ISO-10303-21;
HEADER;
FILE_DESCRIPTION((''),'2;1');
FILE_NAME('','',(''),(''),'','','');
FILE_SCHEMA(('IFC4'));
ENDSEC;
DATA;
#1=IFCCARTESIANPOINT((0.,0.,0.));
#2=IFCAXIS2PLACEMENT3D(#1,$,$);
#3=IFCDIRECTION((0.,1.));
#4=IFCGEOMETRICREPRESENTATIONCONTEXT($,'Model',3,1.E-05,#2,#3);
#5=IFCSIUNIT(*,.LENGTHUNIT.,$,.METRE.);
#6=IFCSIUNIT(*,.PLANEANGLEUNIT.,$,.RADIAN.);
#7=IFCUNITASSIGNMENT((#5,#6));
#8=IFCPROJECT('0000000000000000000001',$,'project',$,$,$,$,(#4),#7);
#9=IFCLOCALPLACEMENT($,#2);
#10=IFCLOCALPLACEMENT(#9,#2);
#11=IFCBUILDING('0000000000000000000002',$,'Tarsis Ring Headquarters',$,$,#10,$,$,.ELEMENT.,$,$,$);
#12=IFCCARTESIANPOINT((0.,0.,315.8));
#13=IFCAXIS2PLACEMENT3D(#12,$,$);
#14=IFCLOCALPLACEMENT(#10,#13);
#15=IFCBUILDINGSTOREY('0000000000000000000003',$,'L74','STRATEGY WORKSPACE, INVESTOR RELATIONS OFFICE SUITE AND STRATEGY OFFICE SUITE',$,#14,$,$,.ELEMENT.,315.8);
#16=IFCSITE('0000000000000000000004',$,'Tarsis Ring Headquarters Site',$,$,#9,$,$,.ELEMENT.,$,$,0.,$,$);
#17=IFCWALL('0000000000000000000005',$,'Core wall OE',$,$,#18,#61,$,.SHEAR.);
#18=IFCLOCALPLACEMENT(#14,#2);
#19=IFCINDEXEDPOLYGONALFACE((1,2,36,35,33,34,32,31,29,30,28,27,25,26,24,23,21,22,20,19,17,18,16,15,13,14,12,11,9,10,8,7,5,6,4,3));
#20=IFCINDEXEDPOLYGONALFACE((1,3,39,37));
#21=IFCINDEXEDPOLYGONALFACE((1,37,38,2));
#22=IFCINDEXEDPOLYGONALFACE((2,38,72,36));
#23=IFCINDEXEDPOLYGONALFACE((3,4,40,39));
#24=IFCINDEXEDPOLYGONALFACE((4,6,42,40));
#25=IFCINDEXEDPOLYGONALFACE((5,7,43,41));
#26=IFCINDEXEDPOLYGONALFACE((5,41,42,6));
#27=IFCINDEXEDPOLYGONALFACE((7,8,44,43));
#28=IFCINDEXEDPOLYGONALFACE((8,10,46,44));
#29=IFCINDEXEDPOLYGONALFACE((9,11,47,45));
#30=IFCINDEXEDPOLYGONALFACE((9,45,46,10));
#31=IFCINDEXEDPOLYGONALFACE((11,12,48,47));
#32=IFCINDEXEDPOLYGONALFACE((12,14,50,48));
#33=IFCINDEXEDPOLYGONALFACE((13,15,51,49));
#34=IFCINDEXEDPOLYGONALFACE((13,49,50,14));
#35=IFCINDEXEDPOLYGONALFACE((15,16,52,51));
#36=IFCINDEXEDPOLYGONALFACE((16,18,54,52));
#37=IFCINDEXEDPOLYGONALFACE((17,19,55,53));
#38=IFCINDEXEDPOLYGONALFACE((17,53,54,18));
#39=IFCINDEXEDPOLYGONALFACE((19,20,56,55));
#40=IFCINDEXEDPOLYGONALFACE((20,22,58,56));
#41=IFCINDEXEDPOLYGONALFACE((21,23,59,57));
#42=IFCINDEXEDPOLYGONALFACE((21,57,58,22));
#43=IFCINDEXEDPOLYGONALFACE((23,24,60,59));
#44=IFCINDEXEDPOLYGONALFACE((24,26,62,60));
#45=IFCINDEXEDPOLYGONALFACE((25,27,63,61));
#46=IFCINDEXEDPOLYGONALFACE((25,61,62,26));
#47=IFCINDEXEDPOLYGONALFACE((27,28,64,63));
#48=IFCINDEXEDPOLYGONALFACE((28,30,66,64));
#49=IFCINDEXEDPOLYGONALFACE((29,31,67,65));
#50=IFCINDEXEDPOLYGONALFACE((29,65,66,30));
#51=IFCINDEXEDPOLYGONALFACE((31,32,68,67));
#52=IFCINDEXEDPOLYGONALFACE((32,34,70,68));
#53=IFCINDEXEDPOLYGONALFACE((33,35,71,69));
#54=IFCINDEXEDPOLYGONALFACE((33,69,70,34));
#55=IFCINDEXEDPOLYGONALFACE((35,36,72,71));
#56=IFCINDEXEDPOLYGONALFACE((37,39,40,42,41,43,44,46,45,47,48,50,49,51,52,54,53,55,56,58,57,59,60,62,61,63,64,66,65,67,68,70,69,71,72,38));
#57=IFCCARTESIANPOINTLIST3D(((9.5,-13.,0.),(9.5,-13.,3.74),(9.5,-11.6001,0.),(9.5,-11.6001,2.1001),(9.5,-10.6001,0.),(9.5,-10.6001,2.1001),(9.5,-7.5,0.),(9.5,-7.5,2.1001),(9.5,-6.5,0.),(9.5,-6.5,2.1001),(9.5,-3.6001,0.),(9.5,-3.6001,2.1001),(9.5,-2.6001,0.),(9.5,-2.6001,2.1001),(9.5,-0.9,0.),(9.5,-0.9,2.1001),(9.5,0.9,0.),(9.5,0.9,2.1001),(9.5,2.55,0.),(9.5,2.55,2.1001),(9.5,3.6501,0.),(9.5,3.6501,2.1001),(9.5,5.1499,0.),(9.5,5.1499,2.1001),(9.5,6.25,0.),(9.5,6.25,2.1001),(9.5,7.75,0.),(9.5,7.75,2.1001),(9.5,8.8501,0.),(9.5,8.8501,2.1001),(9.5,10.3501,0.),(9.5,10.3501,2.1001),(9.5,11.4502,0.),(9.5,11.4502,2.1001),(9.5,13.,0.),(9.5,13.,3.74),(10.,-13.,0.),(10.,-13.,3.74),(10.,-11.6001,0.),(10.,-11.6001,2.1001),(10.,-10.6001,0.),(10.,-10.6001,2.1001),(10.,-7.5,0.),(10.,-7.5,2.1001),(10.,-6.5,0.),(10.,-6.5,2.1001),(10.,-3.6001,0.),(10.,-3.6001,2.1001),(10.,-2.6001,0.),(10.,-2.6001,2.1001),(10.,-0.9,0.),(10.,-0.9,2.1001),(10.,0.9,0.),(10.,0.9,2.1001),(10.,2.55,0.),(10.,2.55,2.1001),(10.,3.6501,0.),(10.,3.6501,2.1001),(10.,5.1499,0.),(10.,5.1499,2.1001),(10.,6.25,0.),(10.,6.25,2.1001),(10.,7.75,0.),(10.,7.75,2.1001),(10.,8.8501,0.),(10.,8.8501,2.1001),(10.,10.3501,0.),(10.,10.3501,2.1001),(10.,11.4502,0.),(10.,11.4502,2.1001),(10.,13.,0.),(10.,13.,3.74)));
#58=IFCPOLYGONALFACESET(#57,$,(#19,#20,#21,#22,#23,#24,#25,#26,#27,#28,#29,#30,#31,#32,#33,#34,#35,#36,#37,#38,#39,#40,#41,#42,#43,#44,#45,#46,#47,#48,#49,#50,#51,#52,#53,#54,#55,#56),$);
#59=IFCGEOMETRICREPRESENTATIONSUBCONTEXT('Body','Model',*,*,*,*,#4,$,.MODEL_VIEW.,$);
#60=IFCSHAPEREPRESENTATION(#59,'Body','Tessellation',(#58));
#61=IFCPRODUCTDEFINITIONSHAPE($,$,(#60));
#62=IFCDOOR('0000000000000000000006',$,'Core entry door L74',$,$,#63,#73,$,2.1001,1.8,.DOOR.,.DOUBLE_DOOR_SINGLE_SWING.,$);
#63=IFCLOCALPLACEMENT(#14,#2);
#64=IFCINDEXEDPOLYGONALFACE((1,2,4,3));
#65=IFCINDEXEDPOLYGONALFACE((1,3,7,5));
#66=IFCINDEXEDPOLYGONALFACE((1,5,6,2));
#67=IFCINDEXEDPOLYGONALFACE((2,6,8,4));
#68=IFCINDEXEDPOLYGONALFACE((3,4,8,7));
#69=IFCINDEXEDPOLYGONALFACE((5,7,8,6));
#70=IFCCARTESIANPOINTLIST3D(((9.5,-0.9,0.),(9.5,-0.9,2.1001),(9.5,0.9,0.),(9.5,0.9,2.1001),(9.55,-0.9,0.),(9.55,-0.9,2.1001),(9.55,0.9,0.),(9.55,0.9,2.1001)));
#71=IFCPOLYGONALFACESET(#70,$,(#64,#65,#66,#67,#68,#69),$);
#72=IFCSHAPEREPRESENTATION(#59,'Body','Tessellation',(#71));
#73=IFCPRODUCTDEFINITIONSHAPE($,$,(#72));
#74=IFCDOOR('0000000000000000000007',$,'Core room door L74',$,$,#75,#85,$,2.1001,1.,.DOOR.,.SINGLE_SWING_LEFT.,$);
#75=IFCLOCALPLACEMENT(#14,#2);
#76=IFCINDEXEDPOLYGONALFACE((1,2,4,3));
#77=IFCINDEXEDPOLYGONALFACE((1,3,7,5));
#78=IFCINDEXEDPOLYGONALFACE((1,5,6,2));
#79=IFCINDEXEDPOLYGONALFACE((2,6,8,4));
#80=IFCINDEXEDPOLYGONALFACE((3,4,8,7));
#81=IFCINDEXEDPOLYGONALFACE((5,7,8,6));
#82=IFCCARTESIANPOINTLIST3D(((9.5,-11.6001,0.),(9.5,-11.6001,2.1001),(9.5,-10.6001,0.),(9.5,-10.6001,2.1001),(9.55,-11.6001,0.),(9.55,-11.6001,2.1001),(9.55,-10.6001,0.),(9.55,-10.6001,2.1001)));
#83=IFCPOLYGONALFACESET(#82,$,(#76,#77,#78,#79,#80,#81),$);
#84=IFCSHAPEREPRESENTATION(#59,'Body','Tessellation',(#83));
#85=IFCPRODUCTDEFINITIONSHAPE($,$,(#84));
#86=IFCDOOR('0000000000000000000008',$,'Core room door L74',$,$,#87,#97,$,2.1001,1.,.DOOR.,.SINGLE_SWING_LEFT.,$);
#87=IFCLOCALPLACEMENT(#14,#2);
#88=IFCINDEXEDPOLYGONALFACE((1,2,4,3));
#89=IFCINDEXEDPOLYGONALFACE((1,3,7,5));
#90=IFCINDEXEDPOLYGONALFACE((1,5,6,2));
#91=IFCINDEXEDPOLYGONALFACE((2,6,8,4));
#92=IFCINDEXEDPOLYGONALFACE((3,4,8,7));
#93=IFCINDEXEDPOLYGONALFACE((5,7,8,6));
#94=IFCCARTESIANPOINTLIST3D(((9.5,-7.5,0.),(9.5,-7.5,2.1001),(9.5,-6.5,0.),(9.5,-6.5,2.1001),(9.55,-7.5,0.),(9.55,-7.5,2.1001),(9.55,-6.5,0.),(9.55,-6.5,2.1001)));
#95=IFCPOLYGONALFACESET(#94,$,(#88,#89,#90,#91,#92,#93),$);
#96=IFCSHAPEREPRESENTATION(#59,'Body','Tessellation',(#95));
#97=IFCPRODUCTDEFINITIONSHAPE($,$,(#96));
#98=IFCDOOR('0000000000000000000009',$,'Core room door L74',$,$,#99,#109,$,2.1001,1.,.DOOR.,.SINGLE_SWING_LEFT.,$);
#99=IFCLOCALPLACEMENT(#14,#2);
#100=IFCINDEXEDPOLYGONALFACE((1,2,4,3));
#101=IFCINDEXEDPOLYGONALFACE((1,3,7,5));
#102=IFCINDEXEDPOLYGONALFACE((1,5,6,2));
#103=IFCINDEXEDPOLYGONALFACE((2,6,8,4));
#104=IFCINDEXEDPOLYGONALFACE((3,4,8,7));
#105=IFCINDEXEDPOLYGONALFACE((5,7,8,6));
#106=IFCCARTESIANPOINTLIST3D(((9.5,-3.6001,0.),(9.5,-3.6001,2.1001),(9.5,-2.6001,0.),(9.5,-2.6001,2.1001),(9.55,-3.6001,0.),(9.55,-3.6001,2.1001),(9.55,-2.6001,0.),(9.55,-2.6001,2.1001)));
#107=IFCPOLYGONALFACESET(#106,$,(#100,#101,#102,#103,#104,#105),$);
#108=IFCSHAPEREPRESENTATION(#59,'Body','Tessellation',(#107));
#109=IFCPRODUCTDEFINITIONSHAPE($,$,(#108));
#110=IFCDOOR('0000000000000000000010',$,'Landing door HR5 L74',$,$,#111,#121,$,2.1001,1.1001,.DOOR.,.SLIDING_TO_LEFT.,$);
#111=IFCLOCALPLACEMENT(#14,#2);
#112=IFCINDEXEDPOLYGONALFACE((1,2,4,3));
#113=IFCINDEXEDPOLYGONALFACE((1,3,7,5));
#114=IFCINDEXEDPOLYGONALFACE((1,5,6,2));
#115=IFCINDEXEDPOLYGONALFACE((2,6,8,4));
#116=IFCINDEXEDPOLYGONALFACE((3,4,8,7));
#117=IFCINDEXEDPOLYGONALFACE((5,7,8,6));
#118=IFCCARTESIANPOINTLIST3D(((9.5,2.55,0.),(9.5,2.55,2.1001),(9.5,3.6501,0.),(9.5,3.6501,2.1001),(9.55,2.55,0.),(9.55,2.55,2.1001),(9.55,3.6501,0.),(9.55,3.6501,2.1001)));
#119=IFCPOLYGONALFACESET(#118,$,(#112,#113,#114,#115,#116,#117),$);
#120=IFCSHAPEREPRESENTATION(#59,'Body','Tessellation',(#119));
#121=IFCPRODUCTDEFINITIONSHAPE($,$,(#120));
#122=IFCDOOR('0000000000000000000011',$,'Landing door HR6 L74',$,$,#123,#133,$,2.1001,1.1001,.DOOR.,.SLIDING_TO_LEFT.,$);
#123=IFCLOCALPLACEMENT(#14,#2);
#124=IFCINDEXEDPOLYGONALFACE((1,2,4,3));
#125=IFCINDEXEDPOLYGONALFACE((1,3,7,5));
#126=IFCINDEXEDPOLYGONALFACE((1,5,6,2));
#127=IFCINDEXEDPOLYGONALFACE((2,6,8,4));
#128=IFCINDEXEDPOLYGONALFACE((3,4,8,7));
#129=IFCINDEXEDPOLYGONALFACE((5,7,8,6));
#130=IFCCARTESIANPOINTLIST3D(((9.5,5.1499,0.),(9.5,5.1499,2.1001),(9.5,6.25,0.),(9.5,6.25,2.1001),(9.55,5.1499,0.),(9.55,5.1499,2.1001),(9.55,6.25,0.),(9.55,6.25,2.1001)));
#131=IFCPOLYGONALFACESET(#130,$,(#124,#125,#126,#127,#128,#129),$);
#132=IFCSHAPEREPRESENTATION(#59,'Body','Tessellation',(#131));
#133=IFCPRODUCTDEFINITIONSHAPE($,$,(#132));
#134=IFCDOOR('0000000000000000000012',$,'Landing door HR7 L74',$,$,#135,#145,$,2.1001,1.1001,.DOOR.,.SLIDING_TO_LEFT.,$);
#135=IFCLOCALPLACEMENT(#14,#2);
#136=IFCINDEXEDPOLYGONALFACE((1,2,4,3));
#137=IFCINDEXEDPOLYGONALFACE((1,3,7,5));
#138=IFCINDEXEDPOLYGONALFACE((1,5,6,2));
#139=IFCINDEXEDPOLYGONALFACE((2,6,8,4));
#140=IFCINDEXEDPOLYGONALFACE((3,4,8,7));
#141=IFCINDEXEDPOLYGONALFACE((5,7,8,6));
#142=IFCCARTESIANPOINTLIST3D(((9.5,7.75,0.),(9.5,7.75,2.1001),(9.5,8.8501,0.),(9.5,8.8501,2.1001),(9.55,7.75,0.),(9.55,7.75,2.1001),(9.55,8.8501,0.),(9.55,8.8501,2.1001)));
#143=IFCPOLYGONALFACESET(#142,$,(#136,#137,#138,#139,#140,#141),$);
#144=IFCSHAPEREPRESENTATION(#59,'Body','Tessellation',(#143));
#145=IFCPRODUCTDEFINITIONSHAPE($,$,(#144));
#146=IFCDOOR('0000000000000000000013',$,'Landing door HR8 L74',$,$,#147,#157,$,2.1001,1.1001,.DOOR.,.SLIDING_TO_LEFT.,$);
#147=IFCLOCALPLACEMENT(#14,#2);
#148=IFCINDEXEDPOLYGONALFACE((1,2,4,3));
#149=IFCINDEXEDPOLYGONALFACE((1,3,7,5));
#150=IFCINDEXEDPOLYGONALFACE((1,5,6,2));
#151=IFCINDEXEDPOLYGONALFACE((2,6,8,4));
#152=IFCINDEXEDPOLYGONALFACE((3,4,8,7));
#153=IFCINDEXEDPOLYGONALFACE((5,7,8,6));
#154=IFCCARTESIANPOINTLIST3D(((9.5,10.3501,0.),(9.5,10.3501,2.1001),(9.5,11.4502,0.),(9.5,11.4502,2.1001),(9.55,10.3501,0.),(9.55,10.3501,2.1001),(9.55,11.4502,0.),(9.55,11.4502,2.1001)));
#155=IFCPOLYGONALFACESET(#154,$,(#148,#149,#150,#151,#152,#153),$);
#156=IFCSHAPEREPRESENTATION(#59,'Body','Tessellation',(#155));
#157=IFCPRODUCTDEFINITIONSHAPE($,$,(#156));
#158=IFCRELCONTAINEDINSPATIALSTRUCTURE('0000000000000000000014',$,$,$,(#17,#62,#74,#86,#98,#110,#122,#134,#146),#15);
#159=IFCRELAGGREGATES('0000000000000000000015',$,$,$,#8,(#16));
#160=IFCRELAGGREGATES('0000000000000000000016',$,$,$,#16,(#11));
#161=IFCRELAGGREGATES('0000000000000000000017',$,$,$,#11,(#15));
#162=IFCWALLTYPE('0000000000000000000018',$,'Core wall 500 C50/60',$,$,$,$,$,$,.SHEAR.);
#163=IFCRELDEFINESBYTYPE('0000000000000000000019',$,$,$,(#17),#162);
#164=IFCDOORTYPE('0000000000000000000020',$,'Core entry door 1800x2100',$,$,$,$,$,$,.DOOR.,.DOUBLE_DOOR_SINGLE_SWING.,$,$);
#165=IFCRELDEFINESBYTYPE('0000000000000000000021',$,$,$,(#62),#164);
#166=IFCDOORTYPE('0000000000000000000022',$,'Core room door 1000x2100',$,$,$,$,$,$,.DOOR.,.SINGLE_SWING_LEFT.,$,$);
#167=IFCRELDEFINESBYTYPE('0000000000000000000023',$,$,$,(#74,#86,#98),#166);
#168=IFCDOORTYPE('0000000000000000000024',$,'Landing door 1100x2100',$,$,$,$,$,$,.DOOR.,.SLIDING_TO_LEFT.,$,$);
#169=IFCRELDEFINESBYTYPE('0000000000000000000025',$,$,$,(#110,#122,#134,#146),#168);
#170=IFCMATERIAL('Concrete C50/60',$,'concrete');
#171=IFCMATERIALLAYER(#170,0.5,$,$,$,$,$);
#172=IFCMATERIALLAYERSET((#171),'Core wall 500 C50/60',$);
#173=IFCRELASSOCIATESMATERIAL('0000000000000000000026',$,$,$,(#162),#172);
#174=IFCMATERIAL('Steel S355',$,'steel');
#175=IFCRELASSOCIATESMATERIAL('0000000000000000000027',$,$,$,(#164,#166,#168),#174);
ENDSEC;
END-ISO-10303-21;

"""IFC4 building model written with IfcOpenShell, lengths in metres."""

from ifc_helpers import new_model, si_unit, direction, frame, frame_2d, origin, place, context, subcontext, project, spatial, rectangle, extrude, material, layer, layer_set, type_object, element, fill, save


model = new_model("IFC4")

# Units and contexts
model_context = context("Model", 3, precision=1e-05, world=origin(), true_north=direction((0.0, 1.0)))
body_context = subcontext(model_context, "Body", "Model", "MODEL_VIEW")
ifc_project = project(units=[si_unit("LENGTHUNIT", "METRE"), si_unit("PLANEANGLEUNIT", "RADIAN")], contexts=[model_context])

# Site, building, storey
site_placement = place(None, origin())
site = spatial("IfcSite", under=ifc_project, at=site_placement, Name="Tarsis Ring Headquarters Site", CompositionType="ELEMENT", RefElevation=0.0)
building_placement = place(site_placement, origin())
building = spatial("IfcBuilding", under=site, at=building_placement, Name="Tarsis Ring Headquarters", CompositionType="ELEMENT")
storey_placement = place(building_placement, frame((0.0, 0.0, 315.8)))
storey = spatial("IfcBuildingStorey", under=building, at=storey_placement, Name="L74", Description="STRATEGY WORKSPACE, INVESTOR RELATIONS OFFICE SUITE AND STRATEGY OFFICE SUITE", CompositionType="ELEMENT", Elevation=315.8)

# Wall, openings, doors
ifc_material_1 = material(Name="Concrete C50/60", Category="concrete")
ifc_layer_1 = layer(ifc_material_1, 0.5)
ifc_layer_set_1 = layer_set([ifc_layer_1], Name="Core wall 500 C50/60")
wall_type_1 = type_object("IfcWallType", Name="Core wall 500 C50/60", PredefinedType="SHEAR", material=ifc_layer_set_1)
wall_1_placement = place(storey_placement, frame((9.75, -13.0, 0.0), z_axis=(0.0, 0.0, 1.0), x_axis=(0.0, 1.0, 0.0)))
wall_1 = element("IfcWall", 1, at=wall_1_placement, inside=storey, type_object=wall_type_1, Name="Core wall OE", PredefinedType="SHEAR", context=body_context, shape_type="SweptSolid", body=[
    extrude(rectangle(XDim=26.0, YDim=0.5, at=frame_2d((13.0, 0.0))), origin(), (0.0, 0.0, 1.0), 3.74),
])
opening_1_placement = place(wall_1_placement, frame((1.3999, 0.0, 0.0)))
opening_1 = element("IfcOpeningElement", 2, at=opening_1_placement, cuts=wall_1, PredefinedType="OPENING", context=body_context, shape_type="SweptSolid", body=[
    extrude(rectangle(XDim=1.0, YDim=2.1001, at=frame_2d((0.5, 1.05))), frame((0.0, 0.26, 0.0), z_axis=(0.0, -1.0, 0.0), x_axis=(1.0, 0.0, 0.0)), (0.0, 0.0, 1.0), 0.52),
])
opening_2_placement = place(wall_1_placement, frame((5.5, 0.0, 0.0)))
opening_2 = element("IfcOpeningElement", 3, at=opening_2_placement, cuts=wall_1, PredefinedType="OPENING", context=body_context, shape_type="SweptSolid", body=[
    extrude(rectangle(XDim=1.0, YDim=2.1001, at=frame_2d((0.5, 1.05))), frame((0.0, 0.26, 0.0), z_axis=(0.0, -1.0, 0.0), x_axis=(1.0, 0.0, 0.0)), (0.0, 0.0, 1.0), 0.52),
])
opening_3_placement = place(wall_1_placement, frame((9.3999, 0.0, 0.0)))
opening_3 = element("IfcOpeningElement", 4, at=opening_3_placement, cuts=wall_1, PredefinedType="OPENING", context=body_context, shape_type="SweptSolid", body=[
    extrude(rectangle(XDim=1.0, YDim=2.1001, at=frame_2d((0.5, 1.05))), frame((0.0, 0.26, 0.0), z_axis=(0.0, -1.0, 0.0), x_axis=(1.0, 0.0, 0.0)), (0.0, 0.0, 1.0), 0.52),
])
opening_4_placement = place(wall_1_placement, frame((12.1001, 0.0, 0.0)))
opening_4 = element("IfcOpeningElement", 5, at=opening_4_placement, cuts=wall_1, PredefinedType="OPENING", context=body_context, shape_type="SweptSolid", body=[
    extrude(rectangle(XDim=1.8, YDim=2.1001, at=frame_2d((0.8999, 1.05))), frame((0.0, 0.26, 0.0), z_axis=(0.0, -1.0, 0.0), x_axis=(1.0, 0.0, 0.0)), (0.0, 0.0, 1.0), 0.52),
])
opening_5_placement = place(wall_1_placement, frame((15.55, 0.0, 0.0)))
opening_5 = element("IfcOpeningElement", 6, at=opening_5_placement, cuts=wall_1, PredefinedType="OPENING", context=body_context, shape_type="SweptSolid", body=[
    extrude(rectangle(XDim=1.1001, YDim=2.1001, at=frame_2d((0.55, 1.05))), frame((0.0, 0.26, 0.0), z_axis=(0.0, -1.0, 0.0), x_axis=(1.0, 0.0, 0.0)), (0.0, 0.0, 1.0), 0.52),
])
opening_6_placement = place(wall_1_placement, frame((18.1499, 0.0, 0.0)))
opening_6 = element("IfcOpeningElement", 7, at=opening_6_placement, cuts=wall_1, PredefinedType="OPENING", context=body_context, shape_type="SweptSolid", body=[
    extrude(rectangle(XDim=1.1001, YDim=2.1001, at=frame_2d((0.55, 1.05))), frame((0.0, 0.26, 0.0), z_axis=(0.0, -1.0, 0.0), x_axis=(1.0, 0.0, 0.0)), (0.0, 0.0, 1.0), 0.52),
])
opening_7_placement = place(wall_1_placement, frame((20.75, 0.0, 0.0)))
opening_7 = element("IfcOpeningElement", 8, at=opening_7_placement, cuts=wall_1, PredefinedType="OPENING", context=body_context, shape_type="SweptSolid", body=[
    extrude(rectangle(XDim=1.1001, YDim=2.1001, at=frame_2d((0.55, 1.05))), frame((0.0, 0.26, 0.0), z_axis=(0.0, -1.0, 0.0), x_axis=(1.0, 0.0, 0.0)), (0.0, 0.0, 1.0), 0.52),
])
opening_8_placement = place(wall_1_placement, frame((23.3501, 0.0, 0.0)))
opening_8 = element("IfcOpeningElement", 9, at=opening_8_placement, cuts=wall_1, PredefinedType="OPENING", context=body_context, shape_type="SweptSolid", body=[
    extrude(rectangle(XDim=1.1001, YDim=2.1001, at=frame_2d((0.55, 1.05))), frame((0.0, 0.26, 0.0), z_axis=(0.0, -1.0, 0.0), x_axis=(1.0, 0.0, 0.0)), (0.0, 0.0, 1.0), 0.52),
])
ifc_material_2 = material(Name="Steel S355", Category="steel")
door_type_1 = type_object("IfcDoorType", Name="Core entry door 1800x2100", OperationType="DOUBLE_DOOR_SINGLE_SWING", PredefinedType="DOOR", material=ifc_material_2)
door_1_placement = place(opening_4_placement, origin())
door_1 = element("IfcDoor", 10, at=door_1_placement, inside=storey, type_object=door_type_1, Name="Core entry door L74", OperationType="DOUBLE_DOOR_SINGLE_SWING", OverallHeight=2.1001, OverallWidth=1.8, PredefinedType="DOOR", context=body_context, shape_type="SweptSolid", body=[
    extrude(rectangle(XDim=1.8, YDim=2.1001, at=frame_2d((0.8999, 1.05))), frame((0.0, 0.25, 0.0), z_axis=(0.0, -1.0, 0.0), x_axis=(1.0, 0.0, 0.0)), (0.0, 0.0, 1.0), 0.05),
])
fill(opening_4, door_1)
door_type_2 = type_object("IfcDoorType", Name="Core room door 1000x2100", OperationType="SINGLE_SWING_LEFT", PredefinedType="DOOR", material=ifc_material_2)
door_2_placement = place(opening_1_placement, origin())
door_2 = element("IfcDoor", 11, at=door_2_placement, inside=storey, type_object=door_type_2, Name="Core room door L74", OperationType="SINGLE_SWING_LEFT", OverallHeight=2.1001, OverallWidth=1.0, PredefinedType="DOOR", context=body_context, shape_type="SweptSolid", body=[
    extrude(rectangle(XDim=1.0, YDim=2.1001, at=frame_2d((0.5, 1.05))), frame((0.0, 0.25, 0.0), z_axis=(0.0, -1.0, 0.0), x_axis=(1.0, 0.0, 0.0)), (0.0, 0.0, 1.0), 0.05),
])
fill(opening_1, door_2)
door_3_placement = place(opening_2_placement, origin())
door_3 = element("IfcDoor", 12, at=door_3_placement, inside=storey, type_object=door_type_2, Name="Core room door L74", OperationType="SINGLE_SWING_LEFT", OverallHeight=2.1001, OverallWidth=1.0, PredefinedType="DOOR", context=body_context, shape_type="SweptSolid", body=[
    extrude(rectangle(XDim=1.0, YDim=2.1001, at=frame_2d((0.5, 1.05))), frame((0.0, 0.25, 0.0), z_axis=(0.0, -1.0, 0.0), x_axis=(1.0, 0.0, 0.0)), (0.0, 0.0, 1.0), 0.05),
])
fill(opening_2, door_3)
door_4_placement = place(opening_3_placement, origin())
door_4 = element("IfcDoor", 13, at=door_4_placement, inside=storey, type_object=door_type_2, Name="Core room door L74", OperationType="SINGLE_SWING_LEFT", OverallHeight=2.1001, OverallWidth=1.0, PredefinedType="DOOR", context=body_context, shape_type="SweptSolid", body=[
    extrude(rectangle(XDim=1.0, YDim=2.1001, at=frame_2d((0.5, 1.05))), frame((0.0, 0.25, 0.0), z_axis=(0.0, -1.0, 0.0), x_axis=(1.0, 0.0, 0.0)), (0.0, 0.0, 1.0), 0.05),
])
fill(opening_3, door_4)
door_type_3 = type_object("IfcDoorType", Name="Landing door 1100x2100", OperationType="SLIDING_TO_LEFT", PredefinedType="DOOR", material=ifc_material_2)
door_5_placement = place(opening_5_placement, origin())
door_5 = element("IfcDoor", 14, at=door_5_placement, inside=storey, type_object=door_type_3, Name="Landing door HR5 L74", OperationType="SLIDING_TO_LEFT", OverallHeight=2.1001, OverallWidth=1.1001, PredefinedType="DOOR", context=body_context, shape_type="SweptSolid", body=[
    extrude(rectangle(XDim=1.1001, YDim=2.1001, at=frame_2d((0.55, 1.05))), frame((0.0, 0.25, 0.0), z_axis=(0.0, -1.0, 0.0), x_axis=(1.0, 0.0, 0.0)), (0.0, 0.0, 1.0), 0.05),
])
fill(opening_5, door_5)
door_6_placement = place(opening_6_placement, origin())
door_6 = element("IfcDoor", 15, at=door_6_placement, inside=storey, type_object=door_type_3, Name="Landing door HR6 L74", OperationType="SLIDING_TO_LEFT", OverallHeight=2.1001, OverallWidth=1.1001, PredefinedType="DOOR", context=body_context, shape_type="SweptSolid", body=[
    extrude(rectangle(XDim=1.1001, YDim=2.1001, at=frame_2d((0.55, 1.05))), frame((0.0, 0.25, 0.0), z_axis=(0.0, -1.0, 0.0), x_axis=(1.0, 0.0, 0.0)), (0.0, 0.0, 1.0), 0.05),
])
fill(opening_6, door_6)
door_7_placement = place(opening_7_placement, origin())
door_7 = element("IfcDoor", 16, at=door_7_placement, inside=storey, type_object=door_type_3, Name="Landing door HR7 L74", OperationType="SLIDING_TO_LEFT", OverallHeight=2.1001, OverallWidth=1.1001, PredefinedType="DOOR", context=body_context, shape_type="SweptSolid", body=[
    extrude(rectangle(XDim=1.1001, YDim=2.1001, at=frame_2d((0.55, 1.05))), frame((0.0, 0.25, 0.0), z_axis=(0.0, -1.0, 0.0), x_axis=(1.0, 0.0, 0.0)), (0.0, 0.0, 1.0), 0.05),
])
fill(opening_7, door_7)
door_8_placement = place(opening_8_placement, origin())
door_8 = element("IfcDoor", 17, at=door_8_placement, inside=storey, type_object=door_type_3, Name="Landing door HR8 L74", OperationType="SLIDING_TO_LEFT", OverallHeight=2.1001, OverallWidth=1.1001, PredefinedType="DOOR", context=body_context, shape_type="SweptSolid", body=[
    extrude(rectangle(XDim=1.1001, YDim=2.1001, at=frame_2d((0.55, 1.05))), frame((0.0, 0.25, 0.0), z_axis=(0.0, -1.0, 0.0), x_axis=(1.0, 0.0, 0.0)), (0.0, 0.0, 1.0), 0.05),
])
fill(opening_8, door_8)

save(model, "model.ifc")
